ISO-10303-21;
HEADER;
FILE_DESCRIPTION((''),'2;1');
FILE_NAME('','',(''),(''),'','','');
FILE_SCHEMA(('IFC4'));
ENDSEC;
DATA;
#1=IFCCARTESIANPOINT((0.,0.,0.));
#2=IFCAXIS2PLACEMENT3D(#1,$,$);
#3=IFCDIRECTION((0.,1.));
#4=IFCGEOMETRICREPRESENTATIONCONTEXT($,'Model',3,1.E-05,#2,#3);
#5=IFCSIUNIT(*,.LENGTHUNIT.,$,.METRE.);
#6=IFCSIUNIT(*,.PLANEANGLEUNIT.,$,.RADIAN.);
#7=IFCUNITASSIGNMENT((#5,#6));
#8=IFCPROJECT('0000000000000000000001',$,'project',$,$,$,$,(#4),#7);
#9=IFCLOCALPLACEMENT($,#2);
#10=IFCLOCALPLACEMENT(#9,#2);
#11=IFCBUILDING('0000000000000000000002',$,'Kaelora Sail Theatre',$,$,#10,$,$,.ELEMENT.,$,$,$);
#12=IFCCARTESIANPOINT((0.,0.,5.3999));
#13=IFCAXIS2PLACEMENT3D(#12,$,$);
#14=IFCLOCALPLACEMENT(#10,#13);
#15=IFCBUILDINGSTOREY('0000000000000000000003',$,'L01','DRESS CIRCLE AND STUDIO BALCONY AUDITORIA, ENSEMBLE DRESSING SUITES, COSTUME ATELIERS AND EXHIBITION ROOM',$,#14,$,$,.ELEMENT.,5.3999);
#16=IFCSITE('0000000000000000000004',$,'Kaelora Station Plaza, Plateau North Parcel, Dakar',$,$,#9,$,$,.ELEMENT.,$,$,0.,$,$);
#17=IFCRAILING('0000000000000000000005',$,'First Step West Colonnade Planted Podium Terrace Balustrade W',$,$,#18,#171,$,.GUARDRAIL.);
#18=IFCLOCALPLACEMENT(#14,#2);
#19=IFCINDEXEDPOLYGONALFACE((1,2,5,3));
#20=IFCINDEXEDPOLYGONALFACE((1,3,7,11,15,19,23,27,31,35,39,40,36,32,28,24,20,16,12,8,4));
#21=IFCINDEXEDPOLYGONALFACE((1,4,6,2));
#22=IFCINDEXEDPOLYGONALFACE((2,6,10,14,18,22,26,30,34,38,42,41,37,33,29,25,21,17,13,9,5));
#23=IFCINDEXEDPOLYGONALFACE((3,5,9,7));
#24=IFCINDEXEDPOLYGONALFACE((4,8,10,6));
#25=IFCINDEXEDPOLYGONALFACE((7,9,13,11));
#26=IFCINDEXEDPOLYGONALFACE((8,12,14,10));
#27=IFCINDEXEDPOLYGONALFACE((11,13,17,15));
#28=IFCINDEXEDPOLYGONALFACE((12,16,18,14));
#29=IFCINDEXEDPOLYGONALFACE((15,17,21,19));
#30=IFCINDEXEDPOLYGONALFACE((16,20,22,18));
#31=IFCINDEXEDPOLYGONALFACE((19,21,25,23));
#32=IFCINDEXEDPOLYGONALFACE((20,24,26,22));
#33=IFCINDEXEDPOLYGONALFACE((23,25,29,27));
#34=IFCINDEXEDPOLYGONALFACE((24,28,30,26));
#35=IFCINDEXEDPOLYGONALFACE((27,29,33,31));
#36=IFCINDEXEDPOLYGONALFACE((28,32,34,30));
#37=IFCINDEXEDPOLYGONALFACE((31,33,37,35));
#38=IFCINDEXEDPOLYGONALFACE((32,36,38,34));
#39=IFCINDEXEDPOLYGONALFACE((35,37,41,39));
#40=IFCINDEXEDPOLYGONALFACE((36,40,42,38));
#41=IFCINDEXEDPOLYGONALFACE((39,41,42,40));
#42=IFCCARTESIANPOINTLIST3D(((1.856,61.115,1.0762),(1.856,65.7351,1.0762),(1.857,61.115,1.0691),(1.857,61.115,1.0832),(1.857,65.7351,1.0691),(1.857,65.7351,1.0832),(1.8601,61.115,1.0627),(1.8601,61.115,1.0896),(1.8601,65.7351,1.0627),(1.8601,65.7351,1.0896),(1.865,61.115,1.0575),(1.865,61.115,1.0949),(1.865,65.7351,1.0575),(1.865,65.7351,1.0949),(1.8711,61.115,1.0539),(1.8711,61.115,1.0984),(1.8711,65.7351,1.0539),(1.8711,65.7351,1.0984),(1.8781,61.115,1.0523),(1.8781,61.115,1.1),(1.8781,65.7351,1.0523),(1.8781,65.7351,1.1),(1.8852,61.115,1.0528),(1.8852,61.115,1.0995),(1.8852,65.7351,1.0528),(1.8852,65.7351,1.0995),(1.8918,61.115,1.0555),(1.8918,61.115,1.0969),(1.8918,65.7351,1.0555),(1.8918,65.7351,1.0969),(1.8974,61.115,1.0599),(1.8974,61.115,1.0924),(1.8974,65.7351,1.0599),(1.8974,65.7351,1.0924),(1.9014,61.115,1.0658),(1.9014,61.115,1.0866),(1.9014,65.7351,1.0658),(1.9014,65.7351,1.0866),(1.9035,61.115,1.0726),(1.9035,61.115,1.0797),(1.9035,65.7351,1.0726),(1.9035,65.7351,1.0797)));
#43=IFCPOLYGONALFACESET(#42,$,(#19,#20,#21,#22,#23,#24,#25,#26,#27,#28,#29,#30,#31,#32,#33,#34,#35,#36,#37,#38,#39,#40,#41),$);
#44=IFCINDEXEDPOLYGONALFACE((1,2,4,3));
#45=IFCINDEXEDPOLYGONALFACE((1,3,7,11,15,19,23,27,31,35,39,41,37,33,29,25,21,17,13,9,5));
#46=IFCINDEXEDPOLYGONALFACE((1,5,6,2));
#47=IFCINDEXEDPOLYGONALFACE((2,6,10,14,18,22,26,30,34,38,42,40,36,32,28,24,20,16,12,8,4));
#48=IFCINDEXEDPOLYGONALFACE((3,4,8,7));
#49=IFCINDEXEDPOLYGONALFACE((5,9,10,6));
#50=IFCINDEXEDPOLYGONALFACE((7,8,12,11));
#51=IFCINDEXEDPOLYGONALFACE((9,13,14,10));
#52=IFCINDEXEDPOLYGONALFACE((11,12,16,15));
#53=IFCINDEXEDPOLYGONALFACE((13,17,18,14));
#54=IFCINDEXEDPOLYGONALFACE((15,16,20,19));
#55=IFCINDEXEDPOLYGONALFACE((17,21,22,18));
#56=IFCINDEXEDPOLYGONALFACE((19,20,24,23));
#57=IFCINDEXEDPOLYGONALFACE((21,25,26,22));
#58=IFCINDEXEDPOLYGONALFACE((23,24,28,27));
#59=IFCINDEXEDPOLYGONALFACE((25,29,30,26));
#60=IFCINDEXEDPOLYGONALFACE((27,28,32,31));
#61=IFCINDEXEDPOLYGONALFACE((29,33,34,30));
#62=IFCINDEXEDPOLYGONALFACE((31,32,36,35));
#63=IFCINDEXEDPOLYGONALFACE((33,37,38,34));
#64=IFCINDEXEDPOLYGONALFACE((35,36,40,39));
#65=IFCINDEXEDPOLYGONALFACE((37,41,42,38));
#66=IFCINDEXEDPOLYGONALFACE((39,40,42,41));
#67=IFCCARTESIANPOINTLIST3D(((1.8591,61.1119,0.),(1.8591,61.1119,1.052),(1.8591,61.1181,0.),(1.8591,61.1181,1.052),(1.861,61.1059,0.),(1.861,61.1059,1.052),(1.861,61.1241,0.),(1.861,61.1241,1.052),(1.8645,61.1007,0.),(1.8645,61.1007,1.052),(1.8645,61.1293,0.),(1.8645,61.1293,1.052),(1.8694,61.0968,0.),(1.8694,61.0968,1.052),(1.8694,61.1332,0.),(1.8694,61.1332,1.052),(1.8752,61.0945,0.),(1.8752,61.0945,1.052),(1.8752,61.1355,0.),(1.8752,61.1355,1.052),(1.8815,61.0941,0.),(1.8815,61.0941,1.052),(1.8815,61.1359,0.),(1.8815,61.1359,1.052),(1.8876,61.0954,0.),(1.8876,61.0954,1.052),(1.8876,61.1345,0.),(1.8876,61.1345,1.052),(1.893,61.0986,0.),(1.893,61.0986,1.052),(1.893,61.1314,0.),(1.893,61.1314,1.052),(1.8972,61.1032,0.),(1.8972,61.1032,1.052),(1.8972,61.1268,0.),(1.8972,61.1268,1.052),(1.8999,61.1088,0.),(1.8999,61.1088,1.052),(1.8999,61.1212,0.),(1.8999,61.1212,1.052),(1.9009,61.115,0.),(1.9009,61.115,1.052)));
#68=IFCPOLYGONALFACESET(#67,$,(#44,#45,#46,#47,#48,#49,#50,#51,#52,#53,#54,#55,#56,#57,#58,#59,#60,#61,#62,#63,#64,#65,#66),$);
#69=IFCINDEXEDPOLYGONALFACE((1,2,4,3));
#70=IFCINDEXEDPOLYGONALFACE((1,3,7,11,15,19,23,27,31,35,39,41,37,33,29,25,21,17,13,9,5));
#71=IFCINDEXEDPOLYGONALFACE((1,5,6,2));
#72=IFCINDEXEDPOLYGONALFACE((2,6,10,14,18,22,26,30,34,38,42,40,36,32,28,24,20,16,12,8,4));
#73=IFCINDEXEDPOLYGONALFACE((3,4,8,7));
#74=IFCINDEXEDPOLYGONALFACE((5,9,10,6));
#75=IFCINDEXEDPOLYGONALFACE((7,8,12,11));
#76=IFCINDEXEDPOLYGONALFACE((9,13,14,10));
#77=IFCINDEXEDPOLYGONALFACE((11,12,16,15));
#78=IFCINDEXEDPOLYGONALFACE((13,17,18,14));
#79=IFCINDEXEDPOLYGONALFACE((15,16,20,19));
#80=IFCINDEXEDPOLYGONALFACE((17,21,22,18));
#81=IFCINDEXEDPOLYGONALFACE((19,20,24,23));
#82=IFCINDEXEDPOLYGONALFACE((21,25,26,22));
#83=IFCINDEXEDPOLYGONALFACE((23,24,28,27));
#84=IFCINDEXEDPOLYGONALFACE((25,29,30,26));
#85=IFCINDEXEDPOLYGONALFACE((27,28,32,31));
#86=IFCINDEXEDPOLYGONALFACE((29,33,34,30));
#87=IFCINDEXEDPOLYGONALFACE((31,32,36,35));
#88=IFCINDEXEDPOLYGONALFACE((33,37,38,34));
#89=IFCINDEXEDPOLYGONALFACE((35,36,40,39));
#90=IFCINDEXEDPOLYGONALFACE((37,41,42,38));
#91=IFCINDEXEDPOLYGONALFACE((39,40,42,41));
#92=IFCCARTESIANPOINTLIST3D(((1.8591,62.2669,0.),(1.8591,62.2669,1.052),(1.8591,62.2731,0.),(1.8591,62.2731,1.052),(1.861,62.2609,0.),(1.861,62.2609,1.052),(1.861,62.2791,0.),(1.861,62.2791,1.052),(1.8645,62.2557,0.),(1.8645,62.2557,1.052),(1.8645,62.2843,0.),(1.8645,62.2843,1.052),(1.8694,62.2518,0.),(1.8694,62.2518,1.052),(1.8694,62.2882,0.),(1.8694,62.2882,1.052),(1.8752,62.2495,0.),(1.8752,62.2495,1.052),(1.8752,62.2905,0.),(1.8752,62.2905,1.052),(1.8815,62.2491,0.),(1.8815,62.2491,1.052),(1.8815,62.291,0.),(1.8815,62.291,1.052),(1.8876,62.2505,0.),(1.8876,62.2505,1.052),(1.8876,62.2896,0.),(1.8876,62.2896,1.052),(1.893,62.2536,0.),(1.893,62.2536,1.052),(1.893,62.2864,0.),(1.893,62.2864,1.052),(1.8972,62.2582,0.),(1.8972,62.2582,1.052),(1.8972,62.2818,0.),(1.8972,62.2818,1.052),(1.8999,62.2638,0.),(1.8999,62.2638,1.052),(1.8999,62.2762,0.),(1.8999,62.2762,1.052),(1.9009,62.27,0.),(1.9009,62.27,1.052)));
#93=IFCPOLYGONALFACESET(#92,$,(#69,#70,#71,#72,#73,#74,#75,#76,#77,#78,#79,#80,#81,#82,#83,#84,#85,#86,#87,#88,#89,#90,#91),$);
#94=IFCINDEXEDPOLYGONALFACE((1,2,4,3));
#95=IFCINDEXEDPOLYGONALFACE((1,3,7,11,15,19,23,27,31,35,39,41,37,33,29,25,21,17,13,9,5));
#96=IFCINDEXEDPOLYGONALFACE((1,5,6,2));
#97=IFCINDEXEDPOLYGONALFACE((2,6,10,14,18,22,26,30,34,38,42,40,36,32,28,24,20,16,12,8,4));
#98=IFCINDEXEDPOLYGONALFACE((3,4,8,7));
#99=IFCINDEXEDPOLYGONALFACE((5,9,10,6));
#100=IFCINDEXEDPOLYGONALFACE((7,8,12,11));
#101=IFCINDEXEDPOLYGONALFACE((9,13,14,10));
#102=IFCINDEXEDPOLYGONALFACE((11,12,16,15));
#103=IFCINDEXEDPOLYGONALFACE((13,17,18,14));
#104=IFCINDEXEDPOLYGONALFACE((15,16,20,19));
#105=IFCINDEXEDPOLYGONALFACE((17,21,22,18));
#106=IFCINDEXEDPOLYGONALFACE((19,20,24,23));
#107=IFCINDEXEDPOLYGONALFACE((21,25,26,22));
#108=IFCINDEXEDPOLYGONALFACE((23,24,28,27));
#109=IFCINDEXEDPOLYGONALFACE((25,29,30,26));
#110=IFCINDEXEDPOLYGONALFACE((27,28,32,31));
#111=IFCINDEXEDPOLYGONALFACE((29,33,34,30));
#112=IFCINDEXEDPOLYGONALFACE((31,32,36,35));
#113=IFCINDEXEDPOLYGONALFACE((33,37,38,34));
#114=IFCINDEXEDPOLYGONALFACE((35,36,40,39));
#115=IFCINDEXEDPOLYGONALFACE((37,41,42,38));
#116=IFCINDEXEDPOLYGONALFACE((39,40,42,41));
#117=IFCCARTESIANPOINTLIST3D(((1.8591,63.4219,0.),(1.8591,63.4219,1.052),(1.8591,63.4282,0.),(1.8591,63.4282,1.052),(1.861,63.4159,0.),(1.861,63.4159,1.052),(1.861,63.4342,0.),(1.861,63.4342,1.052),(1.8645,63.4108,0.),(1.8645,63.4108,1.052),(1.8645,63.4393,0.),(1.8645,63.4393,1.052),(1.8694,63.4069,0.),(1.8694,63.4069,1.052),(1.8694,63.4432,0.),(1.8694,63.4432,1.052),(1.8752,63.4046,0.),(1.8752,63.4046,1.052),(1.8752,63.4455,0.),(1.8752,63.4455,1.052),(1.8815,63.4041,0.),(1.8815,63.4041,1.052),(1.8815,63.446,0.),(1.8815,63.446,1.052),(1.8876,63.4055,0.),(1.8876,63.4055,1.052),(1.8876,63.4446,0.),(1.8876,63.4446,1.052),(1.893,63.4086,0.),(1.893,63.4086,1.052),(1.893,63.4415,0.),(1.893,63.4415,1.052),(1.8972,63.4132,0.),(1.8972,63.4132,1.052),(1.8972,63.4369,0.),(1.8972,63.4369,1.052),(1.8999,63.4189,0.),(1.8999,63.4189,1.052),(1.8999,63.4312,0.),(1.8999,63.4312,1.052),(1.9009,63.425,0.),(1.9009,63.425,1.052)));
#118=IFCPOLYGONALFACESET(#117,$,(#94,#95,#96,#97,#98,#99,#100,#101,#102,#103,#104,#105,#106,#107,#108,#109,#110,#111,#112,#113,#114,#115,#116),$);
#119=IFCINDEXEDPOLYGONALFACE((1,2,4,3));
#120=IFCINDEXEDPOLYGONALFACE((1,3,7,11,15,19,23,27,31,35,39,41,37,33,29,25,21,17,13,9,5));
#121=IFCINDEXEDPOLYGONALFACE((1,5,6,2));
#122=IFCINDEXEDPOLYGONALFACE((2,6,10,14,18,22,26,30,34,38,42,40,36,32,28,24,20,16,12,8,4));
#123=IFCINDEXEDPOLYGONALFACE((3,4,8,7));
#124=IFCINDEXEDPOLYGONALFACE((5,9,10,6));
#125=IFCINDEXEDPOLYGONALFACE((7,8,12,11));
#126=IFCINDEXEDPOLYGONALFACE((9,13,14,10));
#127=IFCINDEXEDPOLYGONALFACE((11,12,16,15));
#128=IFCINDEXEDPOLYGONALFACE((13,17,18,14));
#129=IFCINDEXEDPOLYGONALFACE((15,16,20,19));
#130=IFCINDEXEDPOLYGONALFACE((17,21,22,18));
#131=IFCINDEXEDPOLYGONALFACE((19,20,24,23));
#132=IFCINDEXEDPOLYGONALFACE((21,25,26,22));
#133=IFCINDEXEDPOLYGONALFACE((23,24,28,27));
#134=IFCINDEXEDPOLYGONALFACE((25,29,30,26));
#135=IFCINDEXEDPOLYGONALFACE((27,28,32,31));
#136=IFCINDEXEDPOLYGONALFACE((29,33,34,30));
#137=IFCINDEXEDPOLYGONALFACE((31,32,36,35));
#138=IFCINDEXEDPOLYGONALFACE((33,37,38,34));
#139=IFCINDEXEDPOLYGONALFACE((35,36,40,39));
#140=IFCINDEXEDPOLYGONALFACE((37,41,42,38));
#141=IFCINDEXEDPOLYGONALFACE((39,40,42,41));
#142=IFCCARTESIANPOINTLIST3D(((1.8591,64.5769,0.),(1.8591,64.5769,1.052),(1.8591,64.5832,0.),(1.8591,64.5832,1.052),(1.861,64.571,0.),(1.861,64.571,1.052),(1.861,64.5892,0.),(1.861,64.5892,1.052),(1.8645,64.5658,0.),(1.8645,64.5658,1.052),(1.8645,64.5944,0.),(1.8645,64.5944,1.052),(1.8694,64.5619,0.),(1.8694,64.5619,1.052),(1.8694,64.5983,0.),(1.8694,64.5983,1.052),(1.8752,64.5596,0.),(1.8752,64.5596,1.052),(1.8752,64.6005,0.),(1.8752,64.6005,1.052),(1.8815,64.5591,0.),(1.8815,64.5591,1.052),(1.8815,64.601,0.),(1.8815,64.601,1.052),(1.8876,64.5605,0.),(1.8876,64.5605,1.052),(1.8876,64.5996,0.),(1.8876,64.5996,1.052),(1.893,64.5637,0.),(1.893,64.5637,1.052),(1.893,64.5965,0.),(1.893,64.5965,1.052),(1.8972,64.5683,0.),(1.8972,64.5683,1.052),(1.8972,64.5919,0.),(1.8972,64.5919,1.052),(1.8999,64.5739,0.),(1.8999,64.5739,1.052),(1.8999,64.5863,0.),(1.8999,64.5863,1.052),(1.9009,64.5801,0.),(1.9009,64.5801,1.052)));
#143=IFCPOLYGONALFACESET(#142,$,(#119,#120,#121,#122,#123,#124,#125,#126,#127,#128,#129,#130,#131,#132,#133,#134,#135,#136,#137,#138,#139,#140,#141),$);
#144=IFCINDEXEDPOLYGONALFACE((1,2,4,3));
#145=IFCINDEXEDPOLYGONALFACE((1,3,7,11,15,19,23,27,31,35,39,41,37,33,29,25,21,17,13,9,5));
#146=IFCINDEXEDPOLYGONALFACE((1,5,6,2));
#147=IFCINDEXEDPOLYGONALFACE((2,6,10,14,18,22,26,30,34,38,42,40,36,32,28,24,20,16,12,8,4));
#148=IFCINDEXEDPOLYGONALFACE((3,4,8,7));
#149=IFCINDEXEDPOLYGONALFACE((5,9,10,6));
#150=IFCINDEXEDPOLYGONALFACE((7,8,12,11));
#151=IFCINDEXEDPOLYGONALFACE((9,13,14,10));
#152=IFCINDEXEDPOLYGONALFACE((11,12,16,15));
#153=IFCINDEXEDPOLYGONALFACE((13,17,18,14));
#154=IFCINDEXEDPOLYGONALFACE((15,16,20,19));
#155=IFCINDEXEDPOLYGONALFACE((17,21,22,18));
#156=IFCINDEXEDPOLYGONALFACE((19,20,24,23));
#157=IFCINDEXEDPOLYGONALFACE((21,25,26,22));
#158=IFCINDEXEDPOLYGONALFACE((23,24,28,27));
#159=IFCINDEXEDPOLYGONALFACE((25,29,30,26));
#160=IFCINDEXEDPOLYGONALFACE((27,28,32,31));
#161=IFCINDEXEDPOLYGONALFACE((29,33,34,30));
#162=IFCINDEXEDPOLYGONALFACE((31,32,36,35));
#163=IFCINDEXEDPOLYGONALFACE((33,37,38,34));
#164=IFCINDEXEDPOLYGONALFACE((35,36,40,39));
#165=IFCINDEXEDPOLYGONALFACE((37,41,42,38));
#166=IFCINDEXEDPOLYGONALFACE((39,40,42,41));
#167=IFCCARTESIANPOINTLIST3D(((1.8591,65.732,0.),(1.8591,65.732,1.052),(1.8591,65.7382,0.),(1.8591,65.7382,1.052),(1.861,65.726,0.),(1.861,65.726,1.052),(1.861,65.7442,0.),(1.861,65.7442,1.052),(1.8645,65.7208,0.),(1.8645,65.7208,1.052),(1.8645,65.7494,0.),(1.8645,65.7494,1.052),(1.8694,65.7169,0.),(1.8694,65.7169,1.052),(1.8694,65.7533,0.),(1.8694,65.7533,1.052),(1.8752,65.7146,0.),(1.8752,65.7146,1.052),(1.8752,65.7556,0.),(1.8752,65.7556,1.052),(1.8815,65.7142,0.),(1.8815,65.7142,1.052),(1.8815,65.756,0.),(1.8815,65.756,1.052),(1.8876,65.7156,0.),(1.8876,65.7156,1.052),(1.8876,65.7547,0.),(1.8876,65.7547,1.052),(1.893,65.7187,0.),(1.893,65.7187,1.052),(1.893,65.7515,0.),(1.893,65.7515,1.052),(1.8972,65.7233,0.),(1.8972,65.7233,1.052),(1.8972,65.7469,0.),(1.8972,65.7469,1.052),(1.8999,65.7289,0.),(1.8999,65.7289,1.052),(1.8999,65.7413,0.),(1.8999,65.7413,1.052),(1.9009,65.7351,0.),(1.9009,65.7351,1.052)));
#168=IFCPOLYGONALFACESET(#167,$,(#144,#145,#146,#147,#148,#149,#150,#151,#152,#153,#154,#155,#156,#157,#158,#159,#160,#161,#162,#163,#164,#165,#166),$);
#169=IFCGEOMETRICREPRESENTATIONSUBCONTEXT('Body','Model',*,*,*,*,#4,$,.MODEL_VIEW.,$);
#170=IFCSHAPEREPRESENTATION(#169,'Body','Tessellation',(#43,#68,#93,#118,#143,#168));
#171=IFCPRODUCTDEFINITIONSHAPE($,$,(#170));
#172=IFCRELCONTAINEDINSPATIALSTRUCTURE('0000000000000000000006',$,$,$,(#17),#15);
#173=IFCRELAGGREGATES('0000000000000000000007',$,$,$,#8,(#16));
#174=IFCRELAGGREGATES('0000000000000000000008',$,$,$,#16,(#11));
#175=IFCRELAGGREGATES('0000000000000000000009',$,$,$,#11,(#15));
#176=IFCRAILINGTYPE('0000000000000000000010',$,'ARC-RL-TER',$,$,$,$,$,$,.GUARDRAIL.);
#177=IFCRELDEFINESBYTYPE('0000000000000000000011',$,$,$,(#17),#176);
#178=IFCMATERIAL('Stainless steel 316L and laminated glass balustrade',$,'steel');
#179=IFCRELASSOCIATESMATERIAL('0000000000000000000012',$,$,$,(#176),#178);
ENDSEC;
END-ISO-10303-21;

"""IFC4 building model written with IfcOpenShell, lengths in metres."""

from ifc_helpers import new_model, si_unit, direction, frame, origin, origin_2d, place, context, subcontext, project, spatial, circle, extrude, material, type_object, element, save


model = new_model("IFC4")

# Units and contexts
model_context = context("Model", 3, precision=1e-05, world=origin(), true_north=direction((0.0, 1.0)))
body_context = subcontext(model_context, "Body", "Model", "MODEL_VIEW")
ifc_project = project(units=[si_unit("LENGTHUNIT", "METRE"), si_unit("PLANEANGLEUNIT", "RADIAN")], contexts=[model_context])

# Site, building, storey
site_placement = place(None, origin())
site = spatial("IfcSite", under=ifc_project, at=site_placement, Name="Kaelora Station Plaza, Plateau North Parcel, Dakar", CompositionType="ELEMENT", RefElevation=0.0)
building_placement = place(site_placement, origin())
building = spatial("IfcBuilding", under=site, at=building_placement, Name="Kaelora Sail Theatre", CompositionType="ELEMENT")
storey_placement = place(building_placement, frame((0.0, 0.0, 5.3999)))
storey = spatial("IfcBuildingStorey", under=building, at=storey_placement, Name="L01", Description="DRESS CIRCLE AND STUDIO BALCONY AUDITORIA, ENSEMBLE DRESSING SUITES, COSTUME ATELIERS AND EXHIBITION ROOM", CompositionType="ELEMENT", Elevation=5.3999)

# Railing
ifc_material_1 = material(Name="Stainless steel 316L and laminated glass balustrade", Category="steel")
railing_type = type_object("IfcRailingType", Name="ARC-RL-TER", PredefinedType="GUARDRAIL", material=ifc_material_1)
railing_1_placement = place(storey_placement, frame((1.8799, 61.115, 0.0)))
element("IfcRailing", 1, at=railing_1_placement, inside=storey, type_object=railing_type, Name="First Step West Colonnade Planted Podium Terrace Balustrade W", PredefinedType="GUARDRAIL", context=body_context, shape_type="SweptSolid", body=[
    extrude(circle(Radius=0.0239, at=origin_2d()), frame((0.0, 0.0, 1.0762), z_axis=(0.0, 1.0, 0.0), x_axis=(-1.0, 0.0, 0.0)), (0.0, 0.0, 1.0), 4.6201),
    extrude(circle(Radius=0.021, at=origin_2d()), origin(), (0.0, 0.0, 1.0), 1.052),
    extrude(circle(Radius=0.021, at=origin_2d()), frame((0.0, 1.155, 0.0)), (0.0, 0.0, 1.0), 1.052),
    extrude(circle(Radius=0.021, at=origin_2d()), frame((0.0, 2.3101, 0.0)), (0.0, 0.0, 1.0), 1.052),
    extrude(circle(Radius=0.021, at=origin_2d()), frame((0.0, 3.4651, 0.0)), (0.0, 0.0, 1.0), 1.052),
    extrude(circle(Radius=0.021, at=origin_2d()), frame((0.0, 4.6201, 0.0)), (0.0, 0.0, 1.0), 1.052),
])

save(model, "model.ifc")
